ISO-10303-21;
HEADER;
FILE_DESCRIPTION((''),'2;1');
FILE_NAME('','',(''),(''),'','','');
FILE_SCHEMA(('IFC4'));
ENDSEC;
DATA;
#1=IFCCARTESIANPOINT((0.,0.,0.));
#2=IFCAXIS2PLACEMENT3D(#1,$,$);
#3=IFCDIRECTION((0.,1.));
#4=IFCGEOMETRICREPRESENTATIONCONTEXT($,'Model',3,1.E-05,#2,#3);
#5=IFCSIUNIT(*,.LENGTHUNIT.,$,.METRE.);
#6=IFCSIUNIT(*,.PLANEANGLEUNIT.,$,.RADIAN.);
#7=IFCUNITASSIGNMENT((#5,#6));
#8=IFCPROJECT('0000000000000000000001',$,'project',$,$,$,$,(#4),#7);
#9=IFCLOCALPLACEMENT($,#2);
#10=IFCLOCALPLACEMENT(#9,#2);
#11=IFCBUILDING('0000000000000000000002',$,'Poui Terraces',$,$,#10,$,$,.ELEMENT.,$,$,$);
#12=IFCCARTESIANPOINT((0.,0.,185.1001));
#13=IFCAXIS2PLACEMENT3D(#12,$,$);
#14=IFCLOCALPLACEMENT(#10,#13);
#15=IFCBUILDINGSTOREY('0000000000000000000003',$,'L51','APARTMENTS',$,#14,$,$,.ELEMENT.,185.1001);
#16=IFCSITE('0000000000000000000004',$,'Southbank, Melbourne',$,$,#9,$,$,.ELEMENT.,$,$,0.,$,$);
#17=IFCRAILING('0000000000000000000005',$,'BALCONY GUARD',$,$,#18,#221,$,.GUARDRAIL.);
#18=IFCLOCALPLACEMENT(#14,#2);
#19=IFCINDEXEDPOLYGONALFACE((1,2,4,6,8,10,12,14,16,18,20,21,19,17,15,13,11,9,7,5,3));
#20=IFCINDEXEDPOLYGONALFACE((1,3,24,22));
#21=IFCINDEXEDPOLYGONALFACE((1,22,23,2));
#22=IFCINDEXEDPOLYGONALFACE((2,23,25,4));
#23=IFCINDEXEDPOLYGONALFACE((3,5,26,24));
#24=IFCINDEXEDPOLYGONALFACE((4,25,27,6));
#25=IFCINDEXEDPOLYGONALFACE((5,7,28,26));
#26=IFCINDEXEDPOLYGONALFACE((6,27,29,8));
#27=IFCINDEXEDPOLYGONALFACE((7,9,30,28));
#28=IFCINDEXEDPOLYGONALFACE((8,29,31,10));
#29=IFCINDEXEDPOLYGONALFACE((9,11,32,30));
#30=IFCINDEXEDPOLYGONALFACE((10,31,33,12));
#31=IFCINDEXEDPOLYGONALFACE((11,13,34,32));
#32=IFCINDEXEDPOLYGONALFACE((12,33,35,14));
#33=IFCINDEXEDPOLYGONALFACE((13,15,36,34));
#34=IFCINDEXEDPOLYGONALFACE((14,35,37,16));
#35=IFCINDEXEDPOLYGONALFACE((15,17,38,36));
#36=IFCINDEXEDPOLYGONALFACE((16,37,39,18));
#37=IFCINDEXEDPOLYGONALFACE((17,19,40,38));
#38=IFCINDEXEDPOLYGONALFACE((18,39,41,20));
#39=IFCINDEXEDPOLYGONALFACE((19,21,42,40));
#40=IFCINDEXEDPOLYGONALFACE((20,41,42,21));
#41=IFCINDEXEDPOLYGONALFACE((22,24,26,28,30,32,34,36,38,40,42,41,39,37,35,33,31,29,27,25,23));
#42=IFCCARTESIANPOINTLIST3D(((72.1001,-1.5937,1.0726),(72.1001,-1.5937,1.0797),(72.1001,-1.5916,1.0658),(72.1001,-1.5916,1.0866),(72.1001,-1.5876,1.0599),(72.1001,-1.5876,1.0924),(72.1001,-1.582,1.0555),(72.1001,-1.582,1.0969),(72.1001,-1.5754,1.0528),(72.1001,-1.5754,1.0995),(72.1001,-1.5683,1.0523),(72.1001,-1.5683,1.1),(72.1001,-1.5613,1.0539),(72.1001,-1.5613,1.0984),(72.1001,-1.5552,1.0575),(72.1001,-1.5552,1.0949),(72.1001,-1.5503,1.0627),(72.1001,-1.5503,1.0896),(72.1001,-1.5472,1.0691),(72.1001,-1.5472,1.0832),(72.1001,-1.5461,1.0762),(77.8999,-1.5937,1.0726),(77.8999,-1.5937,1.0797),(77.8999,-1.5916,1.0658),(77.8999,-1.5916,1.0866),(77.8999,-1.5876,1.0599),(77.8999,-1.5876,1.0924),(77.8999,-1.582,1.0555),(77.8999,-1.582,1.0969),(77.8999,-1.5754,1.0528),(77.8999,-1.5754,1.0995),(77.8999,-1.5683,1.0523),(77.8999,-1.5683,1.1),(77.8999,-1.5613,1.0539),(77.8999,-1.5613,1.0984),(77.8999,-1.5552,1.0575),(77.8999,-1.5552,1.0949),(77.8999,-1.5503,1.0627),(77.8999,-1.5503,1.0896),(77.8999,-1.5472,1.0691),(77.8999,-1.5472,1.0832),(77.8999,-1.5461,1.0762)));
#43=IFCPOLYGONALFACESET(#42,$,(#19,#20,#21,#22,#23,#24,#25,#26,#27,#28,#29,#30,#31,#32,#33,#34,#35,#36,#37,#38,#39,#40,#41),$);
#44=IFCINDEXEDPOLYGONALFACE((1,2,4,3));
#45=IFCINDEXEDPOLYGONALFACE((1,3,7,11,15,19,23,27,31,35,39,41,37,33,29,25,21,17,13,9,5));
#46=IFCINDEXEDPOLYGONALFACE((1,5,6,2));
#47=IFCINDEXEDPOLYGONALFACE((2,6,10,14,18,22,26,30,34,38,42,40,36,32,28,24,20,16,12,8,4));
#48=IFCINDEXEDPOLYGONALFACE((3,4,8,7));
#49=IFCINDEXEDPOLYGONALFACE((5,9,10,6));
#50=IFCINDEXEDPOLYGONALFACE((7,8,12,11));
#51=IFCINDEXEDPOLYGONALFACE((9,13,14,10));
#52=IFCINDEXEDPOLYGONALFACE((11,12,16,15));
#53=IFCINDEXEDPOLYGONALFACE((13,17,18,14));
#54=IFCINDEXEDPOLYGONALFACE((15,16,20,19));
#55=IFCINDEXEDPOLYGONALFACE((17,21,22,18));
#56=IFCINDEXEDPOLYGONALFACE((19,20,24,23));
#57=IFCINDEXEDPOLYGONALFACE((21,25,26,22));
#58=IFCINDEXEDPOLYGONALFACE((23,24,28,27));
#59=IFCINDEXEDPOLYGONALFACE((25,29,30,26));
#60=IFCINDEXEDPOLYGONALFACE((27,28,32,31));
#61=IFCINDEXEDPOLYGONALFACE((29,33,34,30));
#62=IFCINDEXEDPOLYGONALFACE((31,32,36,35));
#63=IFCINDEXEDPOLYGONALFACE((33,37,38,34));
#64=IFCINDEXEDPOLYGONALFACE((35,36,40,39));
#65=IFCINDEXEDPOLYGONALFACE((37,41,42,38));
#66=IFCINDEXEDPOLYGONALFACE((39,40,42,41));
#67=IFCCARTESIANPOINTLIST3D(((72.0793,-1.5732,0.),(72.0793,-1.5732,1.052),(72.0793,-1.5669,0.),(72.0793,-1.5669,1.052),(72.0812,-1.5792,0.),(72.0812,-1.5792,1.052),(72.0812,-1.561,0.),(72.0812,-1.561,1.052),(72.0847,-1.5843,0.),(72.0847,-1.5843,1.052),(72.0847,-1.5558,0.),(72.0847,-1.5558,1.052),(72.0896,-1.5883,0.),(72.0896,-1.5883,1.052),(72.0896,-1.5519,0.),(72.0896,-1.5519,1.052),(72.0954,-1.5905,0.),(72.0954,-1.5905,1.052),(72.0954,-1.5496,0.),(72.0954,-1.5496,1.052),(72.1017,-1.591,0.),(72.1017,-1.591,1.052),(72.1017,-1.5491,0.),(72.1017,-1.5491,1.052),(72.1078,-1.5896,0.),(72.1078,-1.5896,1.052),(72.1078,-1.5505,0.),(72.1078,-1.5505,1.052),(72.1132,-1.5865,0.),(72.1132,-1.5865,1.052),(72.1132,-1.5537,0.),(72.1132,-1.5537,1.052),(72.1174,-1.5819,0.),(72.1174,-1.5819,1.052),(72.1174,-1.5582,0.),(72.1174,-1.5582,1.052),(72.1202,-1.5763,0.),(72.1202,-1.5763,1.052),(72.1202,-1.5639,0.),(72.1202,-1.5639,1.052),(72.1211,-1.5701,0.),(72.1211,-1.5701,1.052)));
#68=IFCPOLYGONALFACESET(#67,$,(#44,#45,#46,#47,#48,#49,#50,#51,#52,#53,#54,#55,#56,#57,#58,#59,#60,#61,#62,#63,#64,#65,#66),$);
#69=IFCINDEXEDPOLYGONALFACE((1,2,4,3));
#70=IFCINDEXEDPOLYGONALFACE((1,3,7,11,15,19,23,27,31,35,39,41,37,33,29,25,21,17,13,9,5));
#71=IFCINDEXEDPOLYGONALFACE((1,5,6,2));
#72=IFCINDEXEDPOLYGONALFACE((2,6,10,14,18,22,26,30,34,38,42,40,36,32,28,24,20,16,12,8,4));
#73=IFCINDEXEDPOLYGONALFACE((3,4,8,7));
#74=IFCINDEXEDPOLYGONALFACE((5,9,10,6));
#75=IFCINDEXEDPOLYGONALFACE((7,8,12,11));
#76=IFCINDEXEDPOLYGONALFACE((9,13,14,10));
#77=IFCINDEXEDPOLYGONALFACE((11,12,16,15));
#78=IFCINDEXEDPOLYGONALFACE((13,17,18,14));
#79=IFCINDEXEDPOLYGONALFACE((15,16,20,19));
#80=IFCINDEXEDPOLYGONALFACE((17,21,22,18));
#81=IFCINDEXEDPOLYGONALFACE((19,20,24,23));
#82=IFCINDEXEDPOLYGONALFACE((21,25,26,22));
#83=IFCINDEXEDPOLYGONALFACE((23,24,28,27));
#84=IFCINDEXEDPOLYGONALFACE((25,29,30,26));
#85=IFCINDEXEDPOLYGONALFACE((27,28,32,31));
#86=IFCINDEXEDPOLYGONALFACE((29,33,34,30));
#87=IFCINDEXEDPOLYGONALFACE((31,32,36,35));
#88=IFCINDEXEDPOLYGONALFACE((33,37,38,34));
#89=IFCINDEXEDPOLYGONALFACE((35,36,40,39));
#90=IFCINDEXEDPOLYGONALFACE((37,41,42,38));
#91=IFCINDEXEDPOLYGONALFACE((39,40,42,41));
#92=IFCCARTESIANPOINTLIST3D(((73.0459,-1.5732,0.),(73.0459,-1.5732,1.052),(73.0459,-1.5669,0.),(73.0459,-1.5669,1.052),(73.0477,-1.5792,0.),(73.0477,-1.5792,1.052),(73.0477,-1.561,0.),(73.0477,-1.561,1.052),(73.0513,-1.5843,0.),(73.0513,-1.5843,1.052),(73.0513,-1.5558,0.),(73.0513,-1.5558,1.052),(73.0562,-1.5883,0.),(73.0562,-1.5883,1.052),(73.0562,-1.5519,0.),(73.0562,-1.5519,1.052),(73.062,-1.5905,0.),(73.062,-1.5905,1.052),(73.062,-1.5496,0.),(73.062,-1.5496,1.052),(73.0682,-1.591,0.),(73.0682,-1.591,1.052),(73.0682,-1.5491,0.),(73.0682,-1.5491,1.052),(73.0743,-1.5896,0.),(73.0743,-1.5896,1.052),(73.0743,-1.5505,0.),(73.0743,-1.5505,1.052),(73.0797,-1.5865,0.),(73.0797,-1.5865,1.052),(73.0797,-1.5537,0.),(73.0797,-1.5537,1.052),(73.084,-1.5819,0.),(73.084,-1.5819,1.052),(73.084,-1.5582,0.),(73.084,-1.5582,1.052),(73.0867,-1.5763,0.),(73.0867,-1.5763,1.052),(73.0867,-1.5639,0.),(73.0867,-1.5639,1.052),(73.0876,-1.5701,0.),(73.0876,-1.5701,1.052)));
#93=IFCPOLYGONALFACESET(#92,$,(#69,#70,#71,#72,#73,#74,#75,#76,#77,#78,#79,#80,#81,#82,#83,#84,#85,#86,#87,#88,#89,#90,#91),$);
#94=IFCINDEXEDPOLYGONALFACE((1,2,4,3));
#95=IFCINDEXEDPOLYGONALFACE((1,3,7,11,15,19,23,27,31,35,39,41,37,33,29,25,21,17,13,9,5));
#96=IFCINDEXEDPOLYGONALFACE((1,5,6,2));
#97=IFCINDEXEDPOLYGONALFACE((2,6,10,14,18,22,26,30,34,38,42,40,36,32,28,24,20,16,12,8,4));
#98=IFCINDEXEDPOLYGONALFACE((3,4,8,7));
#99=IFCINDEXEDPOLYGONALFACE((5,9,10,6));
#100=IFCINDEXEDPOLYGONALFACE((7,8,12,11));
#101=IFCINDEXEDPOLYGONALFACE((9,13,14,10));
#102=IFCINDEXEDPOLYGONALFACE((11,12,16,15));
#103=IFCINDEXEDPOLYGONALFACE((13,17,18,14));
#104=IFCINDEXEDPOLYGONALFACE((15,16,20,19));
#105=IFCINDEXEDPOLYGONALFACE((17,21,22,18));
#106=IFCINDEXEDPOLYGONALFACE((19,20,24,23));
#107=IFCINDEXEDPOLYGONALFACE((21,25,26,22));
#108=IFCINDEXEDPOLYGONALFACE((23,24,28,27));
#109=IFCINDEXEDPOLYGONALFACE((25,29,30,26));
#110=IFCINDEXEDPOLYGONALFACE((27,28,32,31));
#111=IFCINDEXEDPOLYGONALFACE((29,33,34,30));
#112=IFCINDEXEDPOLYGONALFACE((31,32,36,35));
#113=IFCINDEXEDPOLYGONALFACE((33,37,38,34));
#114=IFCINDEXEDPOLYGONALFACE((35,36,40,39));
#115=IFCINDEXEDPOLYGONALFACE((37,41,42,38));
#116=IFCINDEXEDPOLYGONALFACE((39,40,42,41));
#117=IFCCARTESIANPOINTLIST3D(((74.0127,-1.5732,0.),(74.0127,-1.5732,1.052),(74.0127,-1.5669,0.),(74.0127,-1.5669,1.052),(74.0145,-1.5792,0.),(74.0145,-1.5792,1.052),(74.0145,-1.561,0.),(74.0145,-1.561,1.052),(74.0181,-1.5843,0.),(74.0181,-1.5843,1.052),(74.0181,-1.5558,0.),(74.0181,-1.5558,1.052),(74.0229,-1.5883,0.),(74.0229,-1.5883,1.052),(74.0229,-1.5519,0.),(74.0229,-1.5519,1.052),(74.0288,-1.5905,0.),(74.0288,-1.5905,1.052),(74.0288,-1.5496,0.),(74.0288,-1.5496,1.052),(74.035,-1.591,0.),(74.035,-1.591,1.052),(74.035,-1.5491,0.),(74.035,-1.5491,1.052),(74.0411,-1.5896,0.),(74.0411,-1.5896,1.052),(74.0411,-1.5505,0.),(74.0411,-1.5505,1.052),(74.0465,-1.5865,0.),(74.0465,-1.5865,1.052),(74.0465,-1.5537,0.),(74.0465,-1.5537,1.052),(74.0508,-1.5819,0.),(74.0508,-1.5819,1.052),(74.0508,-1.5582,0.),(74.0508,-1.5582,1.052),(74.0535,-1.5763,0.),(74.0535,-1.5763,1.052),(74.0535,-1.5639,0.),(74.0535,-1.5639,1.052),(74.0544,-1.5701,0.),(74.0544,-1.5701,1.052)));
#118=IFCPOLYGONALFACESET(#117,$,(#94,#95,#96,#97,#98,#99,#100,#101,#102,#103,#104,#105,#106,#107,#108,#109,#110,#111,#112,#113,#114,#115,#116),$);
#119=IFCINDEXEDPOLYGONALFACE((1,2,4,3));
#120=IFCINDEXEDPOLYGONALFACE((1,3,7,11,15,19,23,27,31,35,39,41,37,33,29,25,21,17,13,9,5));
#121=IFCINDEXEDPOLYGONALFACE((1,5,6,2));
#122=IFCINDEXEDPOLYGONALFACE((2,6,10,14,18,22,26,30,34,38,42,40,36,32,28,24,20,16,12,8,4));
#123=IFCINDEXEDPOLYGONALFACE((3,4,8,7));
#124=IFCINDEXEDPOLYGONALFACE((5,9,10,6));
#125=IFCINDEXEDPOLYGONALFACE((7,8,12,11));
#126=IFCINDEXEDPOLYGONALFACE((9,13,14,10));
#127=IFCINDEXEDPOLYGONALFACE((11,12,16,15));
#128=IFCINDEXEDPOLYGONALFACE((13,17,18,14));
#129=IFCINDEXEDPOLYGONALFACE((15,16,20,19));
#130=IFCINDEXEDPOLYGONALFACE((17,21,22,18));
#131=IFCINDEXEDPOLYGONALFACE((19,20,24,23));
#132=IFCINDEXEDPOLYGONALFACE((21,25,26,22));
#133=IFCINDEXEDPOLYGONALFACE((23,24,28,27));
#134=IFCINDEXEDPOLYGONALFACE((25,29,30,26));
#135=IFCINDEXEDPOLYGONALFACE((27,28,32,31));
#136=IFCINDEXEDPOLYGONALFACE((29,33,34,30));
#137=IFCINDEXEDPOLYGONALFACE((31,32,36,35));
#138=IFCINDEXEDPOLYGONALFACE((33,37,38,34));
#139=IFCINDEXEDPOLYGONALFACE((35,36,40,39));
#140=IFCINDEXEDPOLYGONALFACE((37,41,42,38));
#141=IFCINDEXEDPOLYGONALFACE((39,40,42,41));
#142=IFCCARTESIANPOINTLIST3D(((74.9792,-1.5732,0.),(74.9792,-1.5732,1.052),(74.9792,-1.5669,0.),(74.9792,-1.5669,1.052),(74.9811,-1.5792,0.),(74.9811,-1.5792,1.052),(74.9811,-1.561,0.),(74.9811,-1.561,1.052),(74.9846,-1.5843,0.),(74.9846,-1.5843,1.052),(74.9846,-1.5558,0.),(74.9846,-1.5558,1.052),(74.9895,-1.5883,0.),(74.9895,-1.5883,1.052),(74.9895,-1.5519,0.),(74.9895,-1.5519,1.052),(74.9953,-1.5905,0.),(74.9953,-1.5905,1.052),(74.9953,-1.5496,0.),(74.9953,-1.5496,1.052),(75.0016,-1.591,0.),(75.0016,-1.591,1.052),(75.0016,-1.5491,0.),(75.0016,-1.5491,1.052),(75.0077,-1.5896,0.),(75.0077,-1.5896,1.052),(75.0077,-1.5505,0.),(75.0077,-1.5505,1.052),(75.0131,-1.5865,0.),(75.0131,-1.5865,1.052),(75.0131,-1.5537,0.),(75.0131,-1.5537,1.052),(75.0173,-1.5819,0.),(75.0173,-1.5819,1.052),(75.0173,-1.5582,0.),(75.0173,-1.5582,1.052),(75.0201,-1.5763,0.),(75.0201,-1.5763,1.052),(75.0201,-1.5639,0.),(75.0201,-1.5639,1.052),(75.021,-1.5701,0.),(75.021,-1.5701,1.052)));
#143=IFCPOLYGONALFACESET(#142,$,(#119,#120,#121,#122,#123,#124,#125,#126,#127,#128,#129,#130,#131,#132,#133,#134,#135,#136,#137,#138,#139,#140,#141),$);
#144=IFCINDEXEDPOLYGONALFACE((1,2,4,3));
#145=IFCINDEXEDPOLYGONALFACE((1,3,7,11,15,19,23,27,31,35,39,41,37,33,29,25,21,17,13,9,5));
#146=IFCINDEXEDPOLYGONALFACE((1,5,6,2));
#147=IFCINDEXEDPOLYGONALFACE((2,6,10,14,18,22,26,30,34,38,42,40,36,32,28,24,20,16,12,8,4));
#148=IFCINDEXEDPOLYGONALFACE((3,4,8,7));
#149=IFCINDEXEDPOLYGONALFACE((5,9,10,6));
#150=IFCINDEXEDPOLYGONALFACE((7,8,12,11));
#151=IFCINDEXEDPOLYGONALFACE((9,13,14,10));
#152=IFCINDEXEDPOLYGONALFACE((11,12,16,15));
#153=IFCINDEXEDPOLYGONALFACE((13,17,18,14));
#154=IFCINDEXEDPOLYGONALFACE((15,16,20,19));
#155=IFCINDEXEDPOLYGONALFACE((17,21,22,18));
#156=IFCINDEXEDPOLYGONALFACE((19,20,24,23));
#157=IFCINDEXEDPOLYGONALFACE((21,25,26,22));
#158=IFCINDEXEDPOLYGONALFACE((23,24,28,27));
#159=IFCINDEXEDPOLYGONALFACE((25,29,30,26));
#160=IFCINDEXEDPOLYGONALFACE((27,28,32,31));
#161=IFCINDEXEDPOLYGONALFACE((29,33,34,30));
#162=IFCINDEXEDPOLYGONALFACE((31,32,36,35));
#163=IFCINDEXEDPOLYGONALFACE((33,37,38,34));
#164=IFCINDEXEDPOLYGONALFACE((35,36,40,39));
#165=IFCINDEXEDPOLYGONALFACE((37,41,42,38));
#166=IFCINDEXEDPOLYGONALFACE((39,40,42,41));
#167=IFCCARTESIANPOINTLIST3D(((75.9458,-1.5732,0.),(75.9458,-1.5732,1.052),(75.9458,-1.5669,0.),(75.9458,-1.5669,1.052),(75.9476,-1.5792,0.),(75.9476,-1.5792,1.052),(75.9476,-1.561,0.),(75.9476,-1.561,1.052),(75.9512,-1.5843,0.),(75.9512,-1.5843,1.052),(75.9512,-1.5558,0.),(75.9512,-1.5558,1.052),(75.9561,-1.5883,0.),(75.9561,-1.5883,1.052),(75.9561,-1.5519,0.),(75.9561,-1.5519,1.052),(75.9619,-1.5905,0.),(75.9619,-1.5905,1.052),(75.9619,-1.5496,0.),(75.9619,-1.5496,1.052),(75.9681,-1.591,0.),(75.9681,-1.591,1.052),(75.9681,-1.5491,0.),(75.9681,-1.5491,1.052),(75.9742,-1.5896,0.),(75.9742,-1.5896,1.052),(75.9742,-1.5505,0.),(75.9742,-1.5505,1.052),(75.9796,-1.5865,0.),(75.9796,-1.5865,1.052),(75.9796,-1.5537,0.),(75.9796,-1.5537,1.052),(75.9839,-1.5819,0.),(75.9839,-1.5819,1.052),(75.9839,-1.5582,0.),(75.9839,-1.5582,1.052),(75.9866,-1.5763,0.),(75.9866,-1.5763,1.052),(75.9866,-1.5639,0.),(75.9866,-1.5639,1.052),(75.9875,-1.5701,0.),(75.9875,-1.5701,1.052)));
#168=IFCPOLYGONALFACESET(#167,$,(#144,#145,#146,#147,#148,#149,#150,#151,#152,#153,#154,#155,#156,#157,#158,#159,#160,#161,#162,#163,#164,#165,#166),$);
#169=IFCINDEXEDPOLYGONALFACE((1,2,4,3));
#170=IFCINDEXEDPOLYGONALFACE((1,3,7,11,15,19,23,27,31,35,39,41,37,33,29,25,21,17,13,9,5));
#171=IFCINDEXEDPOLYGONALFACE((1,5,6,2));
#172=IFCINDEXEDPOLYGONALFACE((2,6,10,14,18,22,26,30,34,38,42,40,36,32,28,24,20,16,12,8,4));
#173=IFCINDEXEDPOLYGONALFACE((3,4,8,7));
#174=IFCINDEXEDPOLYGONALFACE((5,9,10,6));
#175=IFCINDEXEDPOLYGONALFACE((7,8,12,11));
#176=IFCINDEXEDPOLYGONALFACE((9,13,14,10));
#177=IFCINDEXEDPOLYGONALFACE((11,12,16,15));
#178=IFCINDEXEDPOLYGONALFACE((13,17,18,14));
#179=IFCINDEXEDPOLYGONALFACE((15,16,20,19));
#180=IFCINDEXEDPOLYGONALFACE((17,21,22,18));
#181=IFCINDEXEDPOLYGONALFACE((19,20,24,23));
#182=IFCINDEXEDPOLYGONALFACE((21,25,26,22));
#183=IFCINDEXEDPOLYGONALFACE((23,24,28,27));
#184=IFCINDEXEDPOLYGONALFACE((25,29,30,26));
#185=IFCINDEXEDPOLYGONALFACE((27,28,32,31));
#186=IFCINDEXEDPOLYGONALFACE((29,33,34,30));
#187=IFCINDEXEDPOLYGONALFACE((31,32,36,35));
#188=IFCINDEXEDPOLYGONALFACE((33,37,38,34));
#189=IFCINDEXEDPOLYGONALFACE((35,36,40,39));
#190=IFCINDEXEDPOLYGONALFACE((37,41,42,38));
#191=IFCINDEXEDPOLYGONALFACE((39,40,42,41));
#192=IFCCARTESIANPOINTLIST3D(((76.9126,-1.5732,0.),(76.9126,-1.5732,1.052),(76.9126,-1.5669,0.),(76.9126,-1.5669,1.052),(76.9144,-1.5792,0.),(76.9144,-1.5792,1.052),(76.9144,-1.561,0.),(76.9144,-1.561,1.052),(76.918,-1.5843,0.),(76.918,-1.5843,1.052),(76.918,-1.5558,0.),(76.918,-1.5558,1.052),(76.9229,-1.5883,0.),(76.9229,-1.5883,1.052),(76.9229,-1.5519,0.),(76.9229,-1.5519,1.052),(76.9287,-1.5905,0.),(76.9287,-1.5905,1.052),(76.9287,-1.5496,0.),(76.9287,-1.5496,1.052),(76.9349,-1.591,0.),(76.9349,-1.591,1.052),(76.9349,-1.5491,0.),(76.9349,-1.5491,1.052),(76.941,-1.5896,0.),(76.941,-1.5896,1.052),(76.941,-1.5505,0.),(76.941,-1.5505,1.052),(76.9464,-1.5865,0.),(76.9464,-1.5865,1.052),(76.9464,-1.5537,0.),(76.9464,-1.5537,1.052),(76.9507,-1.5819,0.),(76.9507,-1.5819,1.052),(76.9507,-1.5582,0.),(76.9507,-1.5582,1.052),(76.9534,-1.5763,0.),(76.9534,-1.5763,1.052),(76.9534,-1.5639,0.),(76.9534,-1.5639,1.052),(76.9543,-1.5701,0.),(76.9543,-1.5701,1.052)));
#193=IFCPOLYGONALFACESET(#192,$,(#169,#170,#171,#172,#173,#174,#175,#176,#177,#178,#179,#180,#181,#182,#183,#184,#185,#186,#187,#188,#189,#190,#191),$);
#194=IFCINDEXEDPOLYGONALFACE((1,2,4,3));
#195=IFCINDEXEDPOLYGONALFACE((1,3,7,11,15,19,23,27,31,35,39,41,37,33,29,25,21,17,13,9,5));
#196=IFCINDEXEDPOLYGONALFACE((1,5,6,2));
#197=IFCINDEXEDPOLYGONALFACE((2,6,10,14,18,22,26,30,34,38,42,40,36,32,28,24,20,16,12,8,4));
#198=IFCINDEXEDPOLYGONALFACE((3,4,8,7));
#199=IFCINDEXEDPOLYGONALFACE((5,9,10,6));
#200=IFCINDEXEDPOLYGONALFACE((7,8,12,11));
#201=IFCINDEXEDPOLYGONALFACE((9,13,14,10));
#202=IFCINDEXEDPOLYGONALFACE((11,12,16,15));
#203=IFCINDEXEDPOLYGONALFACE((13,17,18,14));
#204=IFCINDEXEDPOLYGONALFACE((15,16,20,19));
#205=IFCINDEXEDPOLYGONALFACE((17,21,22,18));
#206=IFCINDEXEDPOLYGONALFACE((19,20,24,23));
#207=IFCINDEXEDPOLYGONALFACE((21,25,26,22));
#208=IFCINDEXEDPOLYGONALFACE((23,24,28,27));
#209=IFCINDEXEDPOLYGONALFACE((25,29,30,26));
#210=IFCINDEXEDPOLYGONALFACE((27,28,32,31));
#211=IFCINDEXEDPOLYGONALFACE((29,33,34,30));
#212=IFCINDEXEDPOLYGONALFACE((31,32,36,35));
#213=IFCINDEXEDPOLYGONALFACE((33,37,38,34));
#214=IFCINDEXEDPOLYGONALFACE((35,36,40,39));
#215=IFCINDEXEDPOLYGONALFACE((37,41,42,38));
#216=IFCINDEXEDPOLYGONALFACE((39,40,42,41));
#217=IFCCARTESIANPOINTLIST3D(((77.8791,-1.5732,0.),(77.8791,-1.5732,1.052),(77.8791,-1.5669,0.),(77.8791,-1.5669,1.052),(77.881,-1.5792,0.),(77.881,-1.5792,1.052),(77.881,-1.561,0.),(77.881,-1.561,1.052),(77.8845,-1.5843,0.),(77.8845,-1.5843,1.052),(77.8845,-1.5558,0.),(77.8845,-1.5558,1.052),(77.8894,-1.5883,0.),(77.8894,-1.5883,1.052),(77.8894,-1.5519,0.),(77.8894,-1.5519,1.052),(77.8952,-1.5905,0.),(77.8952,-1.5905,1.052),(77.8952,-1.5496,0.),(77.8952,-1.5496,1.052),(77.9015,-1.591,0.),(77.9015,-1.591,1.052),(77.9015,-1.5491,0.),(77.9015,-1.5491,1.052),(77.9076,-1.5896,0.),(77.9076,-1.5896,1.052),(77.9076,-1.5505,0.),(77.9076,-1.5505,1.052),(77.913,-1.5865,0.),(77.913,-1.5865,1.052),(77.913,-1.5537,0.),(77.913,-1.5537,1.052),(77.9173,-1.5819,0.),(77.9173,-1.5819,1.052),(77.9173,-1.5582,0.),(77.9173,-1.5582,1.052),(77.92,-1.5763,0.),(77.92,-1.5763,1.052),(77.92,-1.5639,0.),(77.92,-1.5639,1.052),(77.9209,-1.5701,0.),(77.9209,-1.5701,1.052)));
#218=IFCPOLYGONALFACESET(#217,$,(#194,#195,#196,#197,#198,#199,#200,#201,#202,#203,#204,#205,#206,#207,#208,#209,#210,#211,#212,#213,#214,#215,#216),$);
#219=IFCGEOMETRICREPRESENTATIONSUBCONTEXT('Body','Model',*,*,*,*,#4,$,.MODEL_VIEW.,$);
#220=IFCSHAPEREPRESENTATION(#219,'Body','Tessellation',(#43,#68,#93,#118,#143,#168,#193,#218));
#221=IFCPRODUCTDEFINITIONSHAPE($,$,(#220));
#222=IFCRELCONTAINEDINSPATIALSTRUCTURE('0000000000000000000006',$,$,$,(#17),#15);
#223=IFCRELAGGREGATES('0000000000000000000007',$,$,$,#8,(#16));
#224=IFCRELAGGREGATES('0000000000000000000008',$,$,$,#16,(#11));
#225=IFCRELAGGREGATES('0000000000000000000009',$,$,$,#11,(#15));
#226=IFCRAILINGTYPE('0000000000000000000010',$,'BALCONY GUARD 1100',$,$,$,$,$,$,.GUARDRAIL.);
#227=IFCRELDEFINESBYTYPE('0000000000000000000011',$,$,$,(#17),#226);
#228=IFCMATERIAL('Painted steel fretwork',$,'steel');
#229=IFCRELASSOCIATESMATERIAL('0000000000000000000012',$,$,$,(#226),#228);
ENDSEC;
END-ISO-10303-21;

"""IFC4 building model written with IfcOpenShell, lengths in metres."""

from ifc_helpers import new_model, si_unit, direction, frame, origin, origin_2d, place, context, subcontext, project, spatial, circle, extrude, material, type_object, element, save


model = new_model("IFC4")

# Units and contexts
model_context = context("Model", 3, precision=1e-05, world=origin(), true_north=direction((0.0, 1.0)))
body_context = subcontext(model_context, "Body", "Model", "MODEL_VIEW")
ifc_project = project(units=[si_unit("LENGTHUNIT", "METRE"), si_unit("PLANEANGLEUNIT", "RADIAN")], contexts=[model_context])

# Site, building, storey
site_placement = place(None, origin())
site = spatial("IfcSite", under=ifc_project, at=site_placement, Name="Southbank, Melbourne", CompositionType="ELEMENT", RefElevation=0.0)
building_placement = place(site_placement, origin())
building = spatial("IfcBuilding", under=site, at=building_placement, Name="Poui Terraces", CompositionType="ELEMENT")
storey_placement = place(building_placement, frame((0.0, 0.0, 185.1001)))
storey = spatial("IfcBuildingStorey", under=building, at=storey_placement, Name="L51", Description="APARTMENTS", CompositionType="ELEMENT", Elevation=185.1001)

# Railing
ifc_material_1 = material(Name="Painted steel fretwork", Category="steel")
railing_type = type_object("IfcRailingType", Name="BALCONY GUARD 1100", PredefinedType="GUARDRAIL", material=ifc_material_1)
railing_placement = place(storey_placement, frame((72.1001, -1.5701, 0.0)))
element("IfcRailing", 1, at=railing_placement, inside=storey, type_object=railing_type, Name="BALCONY GUARD", PredefinedType="GUARDRAIL", context=body_context, shape_type="SweptSolid", body=[
    extrude(circle(Radius=0.0239, at=origin_2d()), frame((0.0, 0.0, 1.0762), z_axis=(1.0, 0.0, 0.0), x_axis=(0.0, 1.0, 0.0)), (0.0, 0.0, 1.0), 5.7998),
    extrude(circle(Radius=0.021, at=origin_2d()), origin(), (0.0, 0.0, 1.0), 1.052),
    extrude(circle(Radius=0.021, at=origin_2d()), frame((0.9666, 0.0, 0.0)), (0.0, 0.0, 1.0), 1.052),
    extrude(circle(Radius=0.021, at=origin_2d()), frame((1.9333, 0.0, 0.0)), (0.0, 0.0, 1.0), 1.052),
    extrude(circle(Radius=0.021, at=origin_2d()), frame((2.8999, 0.0, 0.0)), (0.0, 0.0, 1.0), 1.052),
    extrude(circle(Radius=0.021, at=origin_2d()), frame((3.8665, 0.0, 0.0)), (0.0, 0.0, 1.0), 1.052),
    extrude(circle(Radius=0.021, at=origin_2d()), frame((4.8333, 0.0, 0.0)), (0.0, 0.0, 1.0), 1.052),
    extrude(circle(Radius=0.021, at=origin_2d()), frame((5.7998, 0.0, 0.0)), (0.0, 0.0, 1.0), 1.052),
])

save(model, "model.ifc")
